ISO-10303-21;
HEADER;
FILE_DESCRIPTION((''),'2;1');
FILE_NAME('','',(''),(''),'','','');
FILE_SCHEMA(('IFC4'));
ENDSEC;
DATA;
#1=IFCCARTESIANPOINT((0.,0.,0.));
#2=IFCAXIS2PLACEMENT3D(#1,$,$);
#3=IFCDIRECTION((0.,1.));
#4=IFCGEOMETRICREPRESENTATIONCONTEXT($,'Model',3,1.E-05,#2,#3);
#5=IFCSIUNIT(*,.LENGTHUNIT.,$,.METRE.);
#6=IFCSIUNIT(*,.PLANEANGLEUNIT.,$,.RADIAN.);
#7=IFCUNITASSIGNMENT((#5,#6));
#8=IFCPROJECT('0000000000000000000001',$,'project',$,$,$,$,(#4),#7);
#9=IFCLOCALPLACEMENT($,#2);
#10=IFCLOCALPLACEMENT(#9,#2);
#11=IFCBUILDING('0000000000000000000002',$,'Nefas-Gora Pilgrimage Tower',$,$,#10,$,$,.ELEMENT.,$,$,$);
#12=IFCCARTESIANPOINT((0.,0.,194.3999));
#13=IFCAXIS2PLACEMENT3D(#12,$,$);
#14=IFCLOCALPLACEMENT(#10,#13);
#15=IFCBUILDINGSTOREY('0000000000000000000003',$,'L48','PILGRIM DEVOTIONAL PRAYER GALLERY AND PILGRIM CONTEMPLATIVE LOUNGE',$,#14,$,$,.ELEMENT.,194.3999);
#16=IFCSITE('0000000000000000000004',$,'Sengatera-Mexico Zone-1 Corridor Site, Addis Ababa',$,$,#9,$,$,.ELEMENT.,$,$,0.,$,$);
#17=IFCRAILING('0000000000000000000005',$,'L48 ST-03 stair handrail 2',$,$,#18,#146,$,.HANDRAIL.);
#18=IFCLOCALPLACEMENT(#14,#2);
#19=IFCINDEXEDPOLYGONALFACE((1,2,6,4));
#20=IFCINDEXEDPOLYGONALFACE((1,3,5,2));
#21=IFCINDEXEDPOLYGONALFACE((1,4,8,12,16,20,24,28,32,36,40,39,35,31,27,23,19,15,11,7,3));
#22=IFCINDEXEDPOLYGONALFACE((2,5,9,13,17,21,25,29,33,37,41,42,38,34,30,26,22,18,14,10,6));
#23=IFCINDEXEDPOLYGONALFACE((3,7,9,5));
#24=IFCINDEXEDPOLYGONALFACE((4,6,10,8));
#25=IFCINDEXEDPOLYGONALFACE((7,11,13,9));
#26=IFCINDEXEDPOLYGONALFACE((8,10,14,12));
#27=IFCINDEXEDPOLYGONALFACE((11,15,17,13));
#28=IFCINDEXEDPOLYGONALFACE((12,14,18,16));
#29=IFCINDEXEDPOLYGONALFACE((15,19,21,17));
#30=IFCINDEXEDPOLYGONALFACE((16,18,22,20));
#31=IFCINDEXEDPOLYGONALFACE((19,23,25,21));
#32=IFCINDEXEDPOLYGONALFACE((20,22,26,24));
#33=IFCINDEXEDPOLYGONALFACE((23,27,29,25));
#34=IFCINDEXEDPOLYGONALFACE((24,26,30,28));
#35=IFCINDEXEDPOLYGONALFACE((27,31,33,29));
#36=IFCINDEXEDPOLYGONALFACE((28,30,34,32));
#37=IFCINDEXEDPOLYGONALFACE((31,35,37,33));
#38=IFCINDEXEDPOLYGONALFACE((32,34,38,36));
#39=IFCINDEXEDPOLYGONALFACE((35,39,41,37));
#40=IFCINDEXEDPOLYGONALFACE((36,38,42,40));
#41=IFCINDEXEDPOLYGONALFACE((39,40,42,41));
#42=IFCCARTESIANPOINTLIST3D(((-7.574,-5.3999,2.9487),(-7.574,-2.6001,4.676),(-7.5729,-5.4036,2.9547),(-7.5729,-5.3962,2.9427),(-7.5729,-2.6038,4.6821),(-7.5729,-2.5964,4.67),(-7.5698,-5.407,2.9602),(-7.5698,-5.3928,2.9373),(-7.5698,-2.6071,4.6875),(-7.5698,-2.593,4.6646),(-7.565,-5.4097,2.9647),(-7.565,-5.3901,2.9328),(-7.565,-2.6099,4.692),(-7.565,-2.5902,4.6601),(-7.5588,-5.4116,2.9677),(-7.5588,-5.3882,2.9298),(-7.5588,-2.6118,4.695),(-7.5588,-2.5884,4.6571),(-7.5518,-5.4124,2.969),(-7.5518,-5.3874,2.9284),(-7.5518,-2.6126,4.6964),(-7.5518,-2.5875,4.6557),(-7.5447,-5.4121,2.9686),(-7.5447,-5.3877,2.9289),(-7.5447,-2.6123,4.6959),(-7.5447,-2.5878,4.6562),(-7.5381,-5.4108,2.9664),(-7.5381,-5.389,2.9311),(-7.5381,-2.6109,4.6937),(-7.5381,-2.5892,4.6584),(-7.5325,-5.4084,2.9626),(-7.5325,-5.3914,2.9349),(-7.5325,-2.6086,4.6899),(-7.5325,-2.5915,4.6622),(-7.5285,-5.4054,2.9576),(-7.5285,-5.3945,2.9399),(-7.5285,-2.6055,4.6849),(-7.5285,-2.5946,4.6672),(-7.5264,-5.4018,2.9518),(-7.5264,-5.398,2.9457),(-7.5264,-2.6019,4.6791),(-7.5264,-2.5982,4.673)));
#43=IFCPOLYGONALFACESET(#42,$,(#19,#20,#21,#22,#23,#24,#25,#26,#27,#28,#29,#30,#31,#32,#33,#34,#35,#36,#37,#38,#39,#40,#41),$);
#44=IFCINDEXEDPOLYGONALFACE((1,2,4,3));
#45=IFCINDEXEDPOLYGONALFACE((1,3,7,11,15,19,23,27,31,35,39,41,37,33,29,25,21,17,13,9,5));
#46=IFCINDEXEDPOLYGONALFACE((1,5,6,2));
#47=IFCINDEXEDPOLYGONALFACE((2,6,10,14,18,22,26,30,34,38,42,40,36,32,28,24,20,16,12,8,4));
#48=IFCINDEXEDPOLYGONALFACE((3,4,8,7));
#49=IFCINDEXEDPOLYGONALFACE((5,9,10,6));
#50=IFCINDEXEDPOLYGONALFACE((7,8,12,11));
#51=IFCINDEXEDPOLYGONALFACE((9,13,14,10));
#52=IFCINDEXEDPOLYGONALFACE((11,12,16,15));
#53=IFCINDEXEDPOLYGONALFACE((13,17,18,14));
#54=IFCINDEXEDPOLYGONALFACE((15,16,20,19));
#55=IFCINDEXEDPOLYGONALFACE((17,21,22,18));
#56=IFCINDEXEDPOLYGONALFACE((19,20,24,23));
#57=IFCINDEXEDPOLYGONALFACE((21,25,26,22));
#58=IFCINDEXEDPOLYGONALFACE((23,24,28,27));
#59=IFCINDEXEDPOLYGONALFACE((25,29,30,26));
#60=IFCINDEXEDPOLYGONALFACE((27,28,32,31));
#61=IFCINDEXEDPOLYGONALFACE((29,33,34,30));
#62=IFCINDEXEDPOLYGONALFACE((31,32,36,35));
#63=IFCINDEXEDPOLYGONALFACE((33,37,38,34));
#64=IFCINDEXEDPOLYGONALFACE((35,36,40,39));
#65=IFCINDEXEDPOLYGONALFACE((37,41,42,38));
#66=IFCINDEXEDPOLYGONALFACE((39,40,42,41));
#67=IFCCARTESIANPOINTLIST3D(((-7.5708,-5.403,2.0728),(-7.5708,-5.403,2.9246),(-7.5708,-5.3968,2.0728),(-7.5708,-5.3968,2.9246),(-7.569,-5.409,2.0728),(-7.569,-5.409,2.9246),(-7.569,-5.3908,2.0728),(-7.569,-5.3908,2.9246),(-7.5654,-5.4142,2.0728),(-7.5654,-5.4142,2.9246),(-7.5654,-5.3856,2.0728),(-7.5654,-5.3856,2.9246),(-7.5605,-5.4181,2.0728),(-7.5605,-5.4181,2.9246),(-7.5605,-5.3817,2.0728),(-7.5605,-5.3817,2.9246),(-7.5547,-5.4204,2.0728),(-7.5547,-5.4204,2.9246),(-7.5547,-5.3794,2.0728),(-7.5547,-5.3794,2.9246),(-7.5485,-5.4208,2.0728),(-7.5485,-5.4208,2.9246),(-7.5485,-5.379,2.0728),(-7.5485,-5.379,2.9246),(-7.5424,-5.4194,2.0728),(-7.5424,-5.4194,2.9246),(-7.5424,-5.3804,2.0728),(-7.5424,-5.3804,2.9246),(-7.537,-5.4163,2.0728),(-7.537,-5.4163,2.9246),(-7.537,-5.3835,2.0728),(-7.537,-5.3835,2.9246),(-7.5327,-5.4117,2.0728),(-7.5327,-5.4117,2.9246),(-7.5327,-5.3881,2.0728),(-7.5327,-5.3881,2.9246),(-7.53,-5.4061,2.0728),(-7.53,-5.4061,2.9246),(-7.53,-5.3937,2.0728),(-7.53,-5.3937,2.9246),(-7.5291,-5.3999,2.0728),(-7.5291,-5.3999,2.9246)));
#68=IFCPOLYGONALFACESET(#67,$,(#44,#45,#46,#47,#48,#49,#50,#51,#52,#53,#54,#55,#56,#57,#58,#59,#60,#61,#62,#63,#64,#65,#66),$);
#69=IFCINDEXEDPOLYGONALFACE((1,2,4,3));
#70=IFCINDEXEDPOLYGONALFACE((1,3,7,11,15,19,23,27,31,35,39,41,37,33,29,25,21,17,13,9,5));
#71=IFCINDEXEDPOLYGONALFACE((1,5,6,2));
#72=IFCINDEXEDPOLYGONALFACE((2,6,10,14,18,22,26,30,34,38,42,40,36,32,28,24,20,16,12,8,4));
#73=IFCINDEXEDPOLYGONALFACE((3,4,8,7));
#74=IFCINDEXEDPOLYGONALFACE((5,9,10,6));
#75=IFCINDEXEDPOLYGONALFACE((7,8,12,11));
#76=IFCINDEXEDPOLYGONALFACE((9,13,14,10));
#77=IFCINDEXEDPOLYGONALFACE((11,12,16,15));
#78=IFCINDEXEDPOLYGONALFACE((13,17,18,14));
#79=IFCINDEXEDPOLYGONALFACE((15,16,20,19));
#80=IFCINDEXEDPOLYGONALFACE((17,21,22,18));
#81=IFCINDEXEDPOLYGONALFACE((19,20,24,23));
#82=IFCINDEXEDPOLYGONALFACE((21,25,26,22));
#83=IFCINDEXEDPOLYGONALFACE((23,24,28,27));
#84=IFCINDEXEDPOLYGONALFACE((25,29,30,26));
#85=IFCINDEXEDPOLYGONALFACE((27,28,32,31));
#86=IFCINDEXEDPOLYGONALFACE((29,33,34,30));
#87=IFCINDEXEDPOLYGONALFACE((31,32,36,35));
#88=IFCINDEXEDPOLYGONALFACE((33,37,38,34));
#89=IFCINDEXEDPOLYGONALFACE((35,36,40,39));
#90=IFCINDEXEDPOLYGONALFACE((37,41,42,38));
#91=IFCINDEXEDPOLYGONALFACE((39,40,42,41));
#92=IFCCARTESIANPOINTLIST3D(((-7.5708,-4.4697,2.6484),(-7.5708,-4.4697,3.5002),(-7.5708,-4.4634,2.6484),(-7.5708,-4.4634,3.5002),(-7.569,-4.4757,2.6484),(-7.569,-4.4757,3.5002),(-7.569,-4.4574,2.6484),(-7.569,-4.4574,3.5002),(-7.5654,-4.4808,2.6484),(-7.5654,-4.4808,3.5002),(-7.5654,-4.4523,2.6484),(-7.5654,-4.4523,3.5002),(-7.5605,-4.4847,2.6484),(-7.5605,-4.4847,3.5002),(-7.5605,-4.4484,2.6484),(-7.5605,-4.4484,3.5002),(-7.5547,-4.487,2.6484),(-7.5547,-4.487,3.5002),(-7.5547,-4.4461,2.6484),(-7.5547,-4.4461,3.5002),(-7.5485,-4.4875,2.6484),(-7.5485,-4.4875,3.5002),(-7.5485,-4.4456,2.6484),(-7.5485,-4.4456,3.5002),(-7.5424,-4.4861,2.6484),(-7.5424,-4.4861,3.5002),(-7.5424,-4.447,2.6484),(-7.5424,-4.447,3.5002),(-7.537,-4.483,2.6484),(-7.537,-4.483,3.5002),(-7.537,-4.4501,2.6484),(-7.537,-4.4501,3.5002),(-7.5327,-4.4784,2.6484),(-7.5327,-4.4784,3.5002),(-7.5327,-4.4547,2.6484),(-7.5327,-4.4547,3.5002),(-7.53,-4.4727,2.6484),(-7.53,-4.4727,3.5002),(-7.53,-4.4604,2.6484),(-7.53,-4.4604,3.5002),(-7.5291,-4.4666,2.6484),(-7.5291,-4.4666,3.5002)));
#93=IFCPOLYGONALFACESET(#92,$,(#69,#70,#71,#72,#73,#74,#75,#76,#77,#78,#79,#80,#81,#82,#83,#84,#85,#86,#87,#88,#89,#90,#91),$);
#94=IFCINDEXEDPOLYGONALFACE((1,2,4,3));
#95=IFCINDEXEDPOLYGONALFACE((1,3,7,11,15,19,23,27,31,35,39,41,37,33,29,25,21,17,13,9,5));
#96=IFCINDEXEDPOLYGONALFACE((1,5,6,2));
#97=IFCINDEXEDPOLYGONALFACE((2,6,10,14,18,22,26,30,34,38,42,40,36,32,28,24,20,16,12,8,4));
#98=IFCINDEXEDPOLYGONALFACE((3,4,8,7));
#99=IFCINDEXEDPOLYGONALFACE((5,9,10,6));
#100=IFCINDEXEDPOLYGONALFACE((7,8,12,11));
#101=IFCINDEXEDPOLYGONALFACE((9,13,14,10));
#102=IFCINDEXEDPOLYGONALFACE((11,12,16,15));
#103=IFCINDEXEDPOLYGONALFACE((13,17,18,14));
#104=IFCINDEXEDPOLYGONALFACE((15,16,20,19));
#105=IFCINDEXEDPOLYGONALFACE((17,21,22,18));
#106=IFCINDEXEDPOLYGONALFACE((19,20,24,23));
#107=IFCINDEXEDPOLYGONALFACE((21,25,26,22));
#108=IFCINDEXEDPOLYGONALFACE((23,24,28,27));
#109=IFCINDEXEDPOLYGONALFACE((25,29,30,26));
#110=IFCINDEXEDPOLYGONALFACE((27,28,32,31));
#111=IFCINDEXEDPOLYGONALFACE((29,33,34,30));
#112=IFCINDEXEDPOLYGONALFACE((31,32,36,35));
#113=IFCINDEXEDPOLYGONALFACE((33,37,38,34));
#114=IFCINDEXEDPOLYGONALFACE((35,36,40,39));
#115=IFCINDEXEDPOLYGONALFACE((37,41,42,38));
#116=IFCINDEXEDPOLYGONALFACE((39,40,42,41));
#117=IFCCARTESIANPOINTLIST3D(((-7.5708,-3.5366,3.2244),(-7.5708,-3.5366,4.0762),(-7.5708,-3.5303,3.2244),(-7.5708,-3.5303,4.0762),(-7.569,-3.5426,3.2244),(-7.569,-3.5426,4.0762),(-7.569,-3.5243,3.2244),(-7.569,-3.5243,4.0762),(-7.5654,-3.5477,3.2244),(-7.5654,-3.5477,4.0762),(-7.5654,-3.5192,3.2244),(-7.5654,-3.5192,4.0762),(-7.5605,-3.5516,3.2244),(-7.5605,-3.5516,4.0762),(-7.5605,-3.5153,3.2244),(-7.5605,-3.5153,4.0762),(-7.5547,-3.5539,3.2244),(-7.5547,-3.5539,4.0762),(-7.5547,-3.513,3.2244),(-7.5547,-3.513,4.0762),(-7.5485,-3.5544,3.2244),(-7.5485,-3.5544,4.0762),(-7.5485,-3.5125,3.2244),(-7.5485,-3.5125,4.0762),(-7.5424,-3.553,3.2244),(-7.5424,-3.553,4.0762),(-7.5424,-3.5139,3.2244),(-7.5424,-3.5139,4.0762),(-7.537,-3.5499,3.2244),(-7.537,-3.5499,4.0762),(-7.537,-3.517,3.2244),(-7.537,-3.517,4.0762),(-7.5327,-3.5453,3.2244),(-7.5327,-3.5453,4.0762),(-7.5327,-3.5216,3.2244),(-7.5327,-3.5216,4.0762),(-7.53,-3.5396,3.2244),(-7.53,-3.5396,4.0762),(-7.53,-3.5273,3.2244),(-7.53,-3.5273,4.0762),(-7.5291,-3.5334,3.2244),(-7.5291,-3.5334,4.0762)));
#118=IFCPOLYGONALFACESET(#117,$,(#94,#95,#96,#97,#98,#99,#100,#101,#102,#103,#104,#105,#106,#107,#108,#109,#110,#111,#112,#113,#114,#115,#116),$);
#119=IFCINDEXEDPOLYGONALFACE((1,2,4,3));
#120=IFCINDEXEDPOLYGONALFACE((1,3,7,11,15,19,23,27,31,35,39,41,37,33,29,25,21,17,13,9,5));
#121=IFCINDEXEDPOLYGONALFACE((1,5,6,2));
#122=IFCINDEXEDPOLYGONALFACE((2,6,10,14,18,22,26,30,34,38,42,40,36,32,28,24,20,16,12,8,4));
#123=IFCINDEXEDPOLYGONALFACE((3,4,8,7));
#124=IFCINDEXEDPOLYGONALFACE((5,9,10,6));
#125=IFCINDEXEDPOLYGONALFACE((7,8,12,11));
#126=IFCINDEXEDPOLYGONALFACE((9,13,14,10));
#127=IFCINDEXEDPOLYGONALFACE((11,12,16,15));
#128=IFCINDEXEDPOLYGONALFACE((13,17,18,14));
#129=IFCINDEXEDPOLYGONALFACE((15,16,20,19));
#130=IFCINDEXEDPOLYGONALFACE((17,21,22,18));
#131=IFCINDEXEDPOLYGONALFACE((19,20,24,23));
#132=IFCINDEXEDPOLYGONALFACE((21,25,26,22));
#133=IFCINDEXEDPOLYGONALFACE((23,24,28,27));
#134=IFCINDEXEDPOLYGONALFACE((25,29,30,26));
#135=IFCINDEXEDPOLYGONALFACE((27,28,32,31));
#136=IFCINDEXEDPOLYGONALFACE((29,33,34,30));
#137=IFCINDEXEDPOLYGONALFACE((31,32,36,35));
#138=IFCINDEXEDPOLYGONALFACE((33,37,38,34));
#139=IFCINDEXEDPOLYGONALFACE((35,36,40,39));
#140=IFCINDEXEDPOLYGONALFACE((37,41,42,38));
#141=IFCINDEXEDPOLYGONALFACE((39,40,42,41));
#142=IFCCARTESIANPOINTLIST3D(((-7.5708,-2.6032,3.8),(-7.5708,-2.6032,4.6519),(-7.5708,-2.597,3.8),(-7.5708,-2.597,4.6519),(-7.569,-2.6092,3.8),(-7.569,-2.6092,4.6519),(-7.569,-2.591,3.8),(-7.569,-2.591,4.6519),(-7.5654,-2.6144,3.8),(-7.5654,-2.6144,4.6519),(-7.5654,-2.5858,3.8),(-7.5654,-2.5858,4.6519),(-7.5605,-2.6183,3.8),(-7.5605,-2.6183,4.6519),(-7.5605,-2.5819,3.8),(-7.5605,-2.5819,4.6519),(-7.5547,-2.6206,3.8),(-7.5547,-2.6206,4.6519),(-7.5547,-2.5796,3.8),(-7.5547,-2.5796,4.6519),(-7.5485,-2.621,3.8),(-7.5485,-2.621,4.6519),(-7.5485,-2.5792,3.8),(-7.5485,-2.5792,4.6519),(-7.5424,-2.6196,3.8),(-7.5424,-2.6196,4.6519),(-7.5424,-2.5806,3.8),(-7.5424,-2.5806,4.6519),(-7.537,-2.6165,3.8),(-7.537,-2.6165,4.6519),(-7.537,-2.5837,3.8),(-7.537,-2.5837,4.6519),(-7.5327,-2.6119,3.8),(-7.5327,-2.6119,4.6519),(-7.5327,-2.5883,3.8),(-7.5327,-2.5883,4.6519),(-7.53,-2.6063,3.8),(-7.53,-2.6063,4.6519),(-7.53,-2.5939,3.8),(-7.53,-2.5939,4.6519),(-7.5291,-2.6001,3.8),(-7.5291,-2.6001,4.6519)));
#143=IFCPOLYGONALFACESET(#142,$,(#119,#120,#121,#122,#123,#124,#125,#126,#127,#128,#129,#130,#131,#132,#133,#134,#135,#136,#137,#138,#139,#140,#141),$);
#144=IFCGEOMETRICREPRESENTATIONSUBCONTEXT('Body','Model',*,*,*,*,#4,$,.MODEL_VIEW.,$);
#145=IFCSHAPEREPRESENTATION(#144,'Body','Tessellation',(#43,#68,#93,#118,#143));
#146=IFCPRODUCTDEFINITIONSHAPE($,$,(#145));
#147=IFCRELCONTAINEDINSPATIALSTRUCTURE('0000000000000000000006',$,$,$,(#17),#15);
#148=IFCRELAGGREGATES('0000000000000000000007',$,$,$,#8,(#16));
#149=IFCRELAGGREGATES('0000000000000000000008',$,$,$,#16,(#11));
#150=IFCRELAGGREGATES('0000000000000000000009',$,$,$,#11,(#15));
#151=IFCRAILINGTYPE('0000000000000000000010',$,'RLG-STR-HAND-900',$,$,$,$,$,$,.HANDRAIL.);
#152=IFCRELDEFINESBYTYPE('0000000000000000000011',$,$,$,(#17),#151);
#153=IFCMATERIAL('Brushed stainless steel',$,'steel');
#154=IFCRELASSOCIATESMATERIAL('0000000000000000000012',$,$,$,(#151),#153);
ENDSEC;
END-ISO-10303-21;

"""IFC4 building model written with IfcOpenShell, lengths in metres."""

from ifc_helpers import new_model, si_unit, direction, frame, origin, origin_2d, place, context, subcontext, project, spatial, circle, extrude, material, type_object, element, save


model = new_model("IFC4")

# Units and contexts
model_context = context("Model", 3, precision=1e-05, world=origin(), true_north=direction((0.0, 1.0)))
body_context = subcontext(model_context, "Body", "Model", "MODEL_VIEW")
ifc_project = project(units=[si_unit("LENGTHUNIT", "METRE"), si_unit("PLANEANGLEUNIT", "RADIAN")], contexts=[model_context])

# Site, building, storey
site_placement = place(None, origin())
site = spatial("IfcSite", under=ifc_project, at=site_placement, Name="Sengatera-Mexico Zone-1 Corridor Site, Addis Ababa", CompositionType="ELEMENT", RefElevation=0.0)
building_placement = place(site_placement, origin())
building = spatial("IfcBuilding", under=site, at=building_placement, Name="Nefas-Gora Pilgrimage Tower", CompositionType="ELEMENT")
storey_placement = place(building_placement, frame((0.0, 0.0, 194.3999)))
storey = spatial("IfcBuildingStorey", under=building, at=storey_placement, Name="L48", Description="PILGRIM DEVOTIONAL PRAYER GALLERY AND PILGRIM CONTEMPLATIVE LOUNGE", CompositionType="ELEMENT", Elevation=194.3999)

# Railing
ifc_material_1 = material(Name="Brushed stainless steel", Category="steel")
railing_type_1 = type_object("IfcRailingType", Name="RLG-STR-HAND-900", PredefinedType="HANDRAIL", material=ifc_material_1)
railing_1_placement = place(storey_placement, frame((-7.55, -5.3999, 2.0728)))
element("IfcRailing", 1, at=railing_1_placement, inside=storey, type_object=railing_type_1, Name="L48 ST-03 stair handrail 2", PredefinedType="HANDRAIL", context=body_context, shape_type="SweptSolid", body=[
    extrude(circle(Radius=0.0239, at=origin_2d()), frame((0.0, 0.0, 0.876), z_axis=(0.0, 0.851069, 0.525054), x_axis=(-1.0, 0.0, 0.0)), (0.0, 0.0, 1.0), 3.2898),
    extrude(circle(Radius=0.021, at=origin_2d()), origin(), (0.0, 0.0, 1.0), 0.8518),
    extrude(circle(Radius=0.021, at=origin_2d()), frame((0.0, 0.9333, 0.5757)), (0.0, 0.0, 1.0), 0.8518),
    extrude(circle(Radius=0.021, at=origin_2d()), frame((0.0, 1.8665, 1.1516)), (0.0, 0.0, 1.0), 0.8518),
    extrude(circle(Radius=0.021, at=origin_2d()), frame((0.0, 2.7998, 1.7273)), (0.0, 0.0, 1.0), 0.8518),
])

save(model, "model.ifc")
